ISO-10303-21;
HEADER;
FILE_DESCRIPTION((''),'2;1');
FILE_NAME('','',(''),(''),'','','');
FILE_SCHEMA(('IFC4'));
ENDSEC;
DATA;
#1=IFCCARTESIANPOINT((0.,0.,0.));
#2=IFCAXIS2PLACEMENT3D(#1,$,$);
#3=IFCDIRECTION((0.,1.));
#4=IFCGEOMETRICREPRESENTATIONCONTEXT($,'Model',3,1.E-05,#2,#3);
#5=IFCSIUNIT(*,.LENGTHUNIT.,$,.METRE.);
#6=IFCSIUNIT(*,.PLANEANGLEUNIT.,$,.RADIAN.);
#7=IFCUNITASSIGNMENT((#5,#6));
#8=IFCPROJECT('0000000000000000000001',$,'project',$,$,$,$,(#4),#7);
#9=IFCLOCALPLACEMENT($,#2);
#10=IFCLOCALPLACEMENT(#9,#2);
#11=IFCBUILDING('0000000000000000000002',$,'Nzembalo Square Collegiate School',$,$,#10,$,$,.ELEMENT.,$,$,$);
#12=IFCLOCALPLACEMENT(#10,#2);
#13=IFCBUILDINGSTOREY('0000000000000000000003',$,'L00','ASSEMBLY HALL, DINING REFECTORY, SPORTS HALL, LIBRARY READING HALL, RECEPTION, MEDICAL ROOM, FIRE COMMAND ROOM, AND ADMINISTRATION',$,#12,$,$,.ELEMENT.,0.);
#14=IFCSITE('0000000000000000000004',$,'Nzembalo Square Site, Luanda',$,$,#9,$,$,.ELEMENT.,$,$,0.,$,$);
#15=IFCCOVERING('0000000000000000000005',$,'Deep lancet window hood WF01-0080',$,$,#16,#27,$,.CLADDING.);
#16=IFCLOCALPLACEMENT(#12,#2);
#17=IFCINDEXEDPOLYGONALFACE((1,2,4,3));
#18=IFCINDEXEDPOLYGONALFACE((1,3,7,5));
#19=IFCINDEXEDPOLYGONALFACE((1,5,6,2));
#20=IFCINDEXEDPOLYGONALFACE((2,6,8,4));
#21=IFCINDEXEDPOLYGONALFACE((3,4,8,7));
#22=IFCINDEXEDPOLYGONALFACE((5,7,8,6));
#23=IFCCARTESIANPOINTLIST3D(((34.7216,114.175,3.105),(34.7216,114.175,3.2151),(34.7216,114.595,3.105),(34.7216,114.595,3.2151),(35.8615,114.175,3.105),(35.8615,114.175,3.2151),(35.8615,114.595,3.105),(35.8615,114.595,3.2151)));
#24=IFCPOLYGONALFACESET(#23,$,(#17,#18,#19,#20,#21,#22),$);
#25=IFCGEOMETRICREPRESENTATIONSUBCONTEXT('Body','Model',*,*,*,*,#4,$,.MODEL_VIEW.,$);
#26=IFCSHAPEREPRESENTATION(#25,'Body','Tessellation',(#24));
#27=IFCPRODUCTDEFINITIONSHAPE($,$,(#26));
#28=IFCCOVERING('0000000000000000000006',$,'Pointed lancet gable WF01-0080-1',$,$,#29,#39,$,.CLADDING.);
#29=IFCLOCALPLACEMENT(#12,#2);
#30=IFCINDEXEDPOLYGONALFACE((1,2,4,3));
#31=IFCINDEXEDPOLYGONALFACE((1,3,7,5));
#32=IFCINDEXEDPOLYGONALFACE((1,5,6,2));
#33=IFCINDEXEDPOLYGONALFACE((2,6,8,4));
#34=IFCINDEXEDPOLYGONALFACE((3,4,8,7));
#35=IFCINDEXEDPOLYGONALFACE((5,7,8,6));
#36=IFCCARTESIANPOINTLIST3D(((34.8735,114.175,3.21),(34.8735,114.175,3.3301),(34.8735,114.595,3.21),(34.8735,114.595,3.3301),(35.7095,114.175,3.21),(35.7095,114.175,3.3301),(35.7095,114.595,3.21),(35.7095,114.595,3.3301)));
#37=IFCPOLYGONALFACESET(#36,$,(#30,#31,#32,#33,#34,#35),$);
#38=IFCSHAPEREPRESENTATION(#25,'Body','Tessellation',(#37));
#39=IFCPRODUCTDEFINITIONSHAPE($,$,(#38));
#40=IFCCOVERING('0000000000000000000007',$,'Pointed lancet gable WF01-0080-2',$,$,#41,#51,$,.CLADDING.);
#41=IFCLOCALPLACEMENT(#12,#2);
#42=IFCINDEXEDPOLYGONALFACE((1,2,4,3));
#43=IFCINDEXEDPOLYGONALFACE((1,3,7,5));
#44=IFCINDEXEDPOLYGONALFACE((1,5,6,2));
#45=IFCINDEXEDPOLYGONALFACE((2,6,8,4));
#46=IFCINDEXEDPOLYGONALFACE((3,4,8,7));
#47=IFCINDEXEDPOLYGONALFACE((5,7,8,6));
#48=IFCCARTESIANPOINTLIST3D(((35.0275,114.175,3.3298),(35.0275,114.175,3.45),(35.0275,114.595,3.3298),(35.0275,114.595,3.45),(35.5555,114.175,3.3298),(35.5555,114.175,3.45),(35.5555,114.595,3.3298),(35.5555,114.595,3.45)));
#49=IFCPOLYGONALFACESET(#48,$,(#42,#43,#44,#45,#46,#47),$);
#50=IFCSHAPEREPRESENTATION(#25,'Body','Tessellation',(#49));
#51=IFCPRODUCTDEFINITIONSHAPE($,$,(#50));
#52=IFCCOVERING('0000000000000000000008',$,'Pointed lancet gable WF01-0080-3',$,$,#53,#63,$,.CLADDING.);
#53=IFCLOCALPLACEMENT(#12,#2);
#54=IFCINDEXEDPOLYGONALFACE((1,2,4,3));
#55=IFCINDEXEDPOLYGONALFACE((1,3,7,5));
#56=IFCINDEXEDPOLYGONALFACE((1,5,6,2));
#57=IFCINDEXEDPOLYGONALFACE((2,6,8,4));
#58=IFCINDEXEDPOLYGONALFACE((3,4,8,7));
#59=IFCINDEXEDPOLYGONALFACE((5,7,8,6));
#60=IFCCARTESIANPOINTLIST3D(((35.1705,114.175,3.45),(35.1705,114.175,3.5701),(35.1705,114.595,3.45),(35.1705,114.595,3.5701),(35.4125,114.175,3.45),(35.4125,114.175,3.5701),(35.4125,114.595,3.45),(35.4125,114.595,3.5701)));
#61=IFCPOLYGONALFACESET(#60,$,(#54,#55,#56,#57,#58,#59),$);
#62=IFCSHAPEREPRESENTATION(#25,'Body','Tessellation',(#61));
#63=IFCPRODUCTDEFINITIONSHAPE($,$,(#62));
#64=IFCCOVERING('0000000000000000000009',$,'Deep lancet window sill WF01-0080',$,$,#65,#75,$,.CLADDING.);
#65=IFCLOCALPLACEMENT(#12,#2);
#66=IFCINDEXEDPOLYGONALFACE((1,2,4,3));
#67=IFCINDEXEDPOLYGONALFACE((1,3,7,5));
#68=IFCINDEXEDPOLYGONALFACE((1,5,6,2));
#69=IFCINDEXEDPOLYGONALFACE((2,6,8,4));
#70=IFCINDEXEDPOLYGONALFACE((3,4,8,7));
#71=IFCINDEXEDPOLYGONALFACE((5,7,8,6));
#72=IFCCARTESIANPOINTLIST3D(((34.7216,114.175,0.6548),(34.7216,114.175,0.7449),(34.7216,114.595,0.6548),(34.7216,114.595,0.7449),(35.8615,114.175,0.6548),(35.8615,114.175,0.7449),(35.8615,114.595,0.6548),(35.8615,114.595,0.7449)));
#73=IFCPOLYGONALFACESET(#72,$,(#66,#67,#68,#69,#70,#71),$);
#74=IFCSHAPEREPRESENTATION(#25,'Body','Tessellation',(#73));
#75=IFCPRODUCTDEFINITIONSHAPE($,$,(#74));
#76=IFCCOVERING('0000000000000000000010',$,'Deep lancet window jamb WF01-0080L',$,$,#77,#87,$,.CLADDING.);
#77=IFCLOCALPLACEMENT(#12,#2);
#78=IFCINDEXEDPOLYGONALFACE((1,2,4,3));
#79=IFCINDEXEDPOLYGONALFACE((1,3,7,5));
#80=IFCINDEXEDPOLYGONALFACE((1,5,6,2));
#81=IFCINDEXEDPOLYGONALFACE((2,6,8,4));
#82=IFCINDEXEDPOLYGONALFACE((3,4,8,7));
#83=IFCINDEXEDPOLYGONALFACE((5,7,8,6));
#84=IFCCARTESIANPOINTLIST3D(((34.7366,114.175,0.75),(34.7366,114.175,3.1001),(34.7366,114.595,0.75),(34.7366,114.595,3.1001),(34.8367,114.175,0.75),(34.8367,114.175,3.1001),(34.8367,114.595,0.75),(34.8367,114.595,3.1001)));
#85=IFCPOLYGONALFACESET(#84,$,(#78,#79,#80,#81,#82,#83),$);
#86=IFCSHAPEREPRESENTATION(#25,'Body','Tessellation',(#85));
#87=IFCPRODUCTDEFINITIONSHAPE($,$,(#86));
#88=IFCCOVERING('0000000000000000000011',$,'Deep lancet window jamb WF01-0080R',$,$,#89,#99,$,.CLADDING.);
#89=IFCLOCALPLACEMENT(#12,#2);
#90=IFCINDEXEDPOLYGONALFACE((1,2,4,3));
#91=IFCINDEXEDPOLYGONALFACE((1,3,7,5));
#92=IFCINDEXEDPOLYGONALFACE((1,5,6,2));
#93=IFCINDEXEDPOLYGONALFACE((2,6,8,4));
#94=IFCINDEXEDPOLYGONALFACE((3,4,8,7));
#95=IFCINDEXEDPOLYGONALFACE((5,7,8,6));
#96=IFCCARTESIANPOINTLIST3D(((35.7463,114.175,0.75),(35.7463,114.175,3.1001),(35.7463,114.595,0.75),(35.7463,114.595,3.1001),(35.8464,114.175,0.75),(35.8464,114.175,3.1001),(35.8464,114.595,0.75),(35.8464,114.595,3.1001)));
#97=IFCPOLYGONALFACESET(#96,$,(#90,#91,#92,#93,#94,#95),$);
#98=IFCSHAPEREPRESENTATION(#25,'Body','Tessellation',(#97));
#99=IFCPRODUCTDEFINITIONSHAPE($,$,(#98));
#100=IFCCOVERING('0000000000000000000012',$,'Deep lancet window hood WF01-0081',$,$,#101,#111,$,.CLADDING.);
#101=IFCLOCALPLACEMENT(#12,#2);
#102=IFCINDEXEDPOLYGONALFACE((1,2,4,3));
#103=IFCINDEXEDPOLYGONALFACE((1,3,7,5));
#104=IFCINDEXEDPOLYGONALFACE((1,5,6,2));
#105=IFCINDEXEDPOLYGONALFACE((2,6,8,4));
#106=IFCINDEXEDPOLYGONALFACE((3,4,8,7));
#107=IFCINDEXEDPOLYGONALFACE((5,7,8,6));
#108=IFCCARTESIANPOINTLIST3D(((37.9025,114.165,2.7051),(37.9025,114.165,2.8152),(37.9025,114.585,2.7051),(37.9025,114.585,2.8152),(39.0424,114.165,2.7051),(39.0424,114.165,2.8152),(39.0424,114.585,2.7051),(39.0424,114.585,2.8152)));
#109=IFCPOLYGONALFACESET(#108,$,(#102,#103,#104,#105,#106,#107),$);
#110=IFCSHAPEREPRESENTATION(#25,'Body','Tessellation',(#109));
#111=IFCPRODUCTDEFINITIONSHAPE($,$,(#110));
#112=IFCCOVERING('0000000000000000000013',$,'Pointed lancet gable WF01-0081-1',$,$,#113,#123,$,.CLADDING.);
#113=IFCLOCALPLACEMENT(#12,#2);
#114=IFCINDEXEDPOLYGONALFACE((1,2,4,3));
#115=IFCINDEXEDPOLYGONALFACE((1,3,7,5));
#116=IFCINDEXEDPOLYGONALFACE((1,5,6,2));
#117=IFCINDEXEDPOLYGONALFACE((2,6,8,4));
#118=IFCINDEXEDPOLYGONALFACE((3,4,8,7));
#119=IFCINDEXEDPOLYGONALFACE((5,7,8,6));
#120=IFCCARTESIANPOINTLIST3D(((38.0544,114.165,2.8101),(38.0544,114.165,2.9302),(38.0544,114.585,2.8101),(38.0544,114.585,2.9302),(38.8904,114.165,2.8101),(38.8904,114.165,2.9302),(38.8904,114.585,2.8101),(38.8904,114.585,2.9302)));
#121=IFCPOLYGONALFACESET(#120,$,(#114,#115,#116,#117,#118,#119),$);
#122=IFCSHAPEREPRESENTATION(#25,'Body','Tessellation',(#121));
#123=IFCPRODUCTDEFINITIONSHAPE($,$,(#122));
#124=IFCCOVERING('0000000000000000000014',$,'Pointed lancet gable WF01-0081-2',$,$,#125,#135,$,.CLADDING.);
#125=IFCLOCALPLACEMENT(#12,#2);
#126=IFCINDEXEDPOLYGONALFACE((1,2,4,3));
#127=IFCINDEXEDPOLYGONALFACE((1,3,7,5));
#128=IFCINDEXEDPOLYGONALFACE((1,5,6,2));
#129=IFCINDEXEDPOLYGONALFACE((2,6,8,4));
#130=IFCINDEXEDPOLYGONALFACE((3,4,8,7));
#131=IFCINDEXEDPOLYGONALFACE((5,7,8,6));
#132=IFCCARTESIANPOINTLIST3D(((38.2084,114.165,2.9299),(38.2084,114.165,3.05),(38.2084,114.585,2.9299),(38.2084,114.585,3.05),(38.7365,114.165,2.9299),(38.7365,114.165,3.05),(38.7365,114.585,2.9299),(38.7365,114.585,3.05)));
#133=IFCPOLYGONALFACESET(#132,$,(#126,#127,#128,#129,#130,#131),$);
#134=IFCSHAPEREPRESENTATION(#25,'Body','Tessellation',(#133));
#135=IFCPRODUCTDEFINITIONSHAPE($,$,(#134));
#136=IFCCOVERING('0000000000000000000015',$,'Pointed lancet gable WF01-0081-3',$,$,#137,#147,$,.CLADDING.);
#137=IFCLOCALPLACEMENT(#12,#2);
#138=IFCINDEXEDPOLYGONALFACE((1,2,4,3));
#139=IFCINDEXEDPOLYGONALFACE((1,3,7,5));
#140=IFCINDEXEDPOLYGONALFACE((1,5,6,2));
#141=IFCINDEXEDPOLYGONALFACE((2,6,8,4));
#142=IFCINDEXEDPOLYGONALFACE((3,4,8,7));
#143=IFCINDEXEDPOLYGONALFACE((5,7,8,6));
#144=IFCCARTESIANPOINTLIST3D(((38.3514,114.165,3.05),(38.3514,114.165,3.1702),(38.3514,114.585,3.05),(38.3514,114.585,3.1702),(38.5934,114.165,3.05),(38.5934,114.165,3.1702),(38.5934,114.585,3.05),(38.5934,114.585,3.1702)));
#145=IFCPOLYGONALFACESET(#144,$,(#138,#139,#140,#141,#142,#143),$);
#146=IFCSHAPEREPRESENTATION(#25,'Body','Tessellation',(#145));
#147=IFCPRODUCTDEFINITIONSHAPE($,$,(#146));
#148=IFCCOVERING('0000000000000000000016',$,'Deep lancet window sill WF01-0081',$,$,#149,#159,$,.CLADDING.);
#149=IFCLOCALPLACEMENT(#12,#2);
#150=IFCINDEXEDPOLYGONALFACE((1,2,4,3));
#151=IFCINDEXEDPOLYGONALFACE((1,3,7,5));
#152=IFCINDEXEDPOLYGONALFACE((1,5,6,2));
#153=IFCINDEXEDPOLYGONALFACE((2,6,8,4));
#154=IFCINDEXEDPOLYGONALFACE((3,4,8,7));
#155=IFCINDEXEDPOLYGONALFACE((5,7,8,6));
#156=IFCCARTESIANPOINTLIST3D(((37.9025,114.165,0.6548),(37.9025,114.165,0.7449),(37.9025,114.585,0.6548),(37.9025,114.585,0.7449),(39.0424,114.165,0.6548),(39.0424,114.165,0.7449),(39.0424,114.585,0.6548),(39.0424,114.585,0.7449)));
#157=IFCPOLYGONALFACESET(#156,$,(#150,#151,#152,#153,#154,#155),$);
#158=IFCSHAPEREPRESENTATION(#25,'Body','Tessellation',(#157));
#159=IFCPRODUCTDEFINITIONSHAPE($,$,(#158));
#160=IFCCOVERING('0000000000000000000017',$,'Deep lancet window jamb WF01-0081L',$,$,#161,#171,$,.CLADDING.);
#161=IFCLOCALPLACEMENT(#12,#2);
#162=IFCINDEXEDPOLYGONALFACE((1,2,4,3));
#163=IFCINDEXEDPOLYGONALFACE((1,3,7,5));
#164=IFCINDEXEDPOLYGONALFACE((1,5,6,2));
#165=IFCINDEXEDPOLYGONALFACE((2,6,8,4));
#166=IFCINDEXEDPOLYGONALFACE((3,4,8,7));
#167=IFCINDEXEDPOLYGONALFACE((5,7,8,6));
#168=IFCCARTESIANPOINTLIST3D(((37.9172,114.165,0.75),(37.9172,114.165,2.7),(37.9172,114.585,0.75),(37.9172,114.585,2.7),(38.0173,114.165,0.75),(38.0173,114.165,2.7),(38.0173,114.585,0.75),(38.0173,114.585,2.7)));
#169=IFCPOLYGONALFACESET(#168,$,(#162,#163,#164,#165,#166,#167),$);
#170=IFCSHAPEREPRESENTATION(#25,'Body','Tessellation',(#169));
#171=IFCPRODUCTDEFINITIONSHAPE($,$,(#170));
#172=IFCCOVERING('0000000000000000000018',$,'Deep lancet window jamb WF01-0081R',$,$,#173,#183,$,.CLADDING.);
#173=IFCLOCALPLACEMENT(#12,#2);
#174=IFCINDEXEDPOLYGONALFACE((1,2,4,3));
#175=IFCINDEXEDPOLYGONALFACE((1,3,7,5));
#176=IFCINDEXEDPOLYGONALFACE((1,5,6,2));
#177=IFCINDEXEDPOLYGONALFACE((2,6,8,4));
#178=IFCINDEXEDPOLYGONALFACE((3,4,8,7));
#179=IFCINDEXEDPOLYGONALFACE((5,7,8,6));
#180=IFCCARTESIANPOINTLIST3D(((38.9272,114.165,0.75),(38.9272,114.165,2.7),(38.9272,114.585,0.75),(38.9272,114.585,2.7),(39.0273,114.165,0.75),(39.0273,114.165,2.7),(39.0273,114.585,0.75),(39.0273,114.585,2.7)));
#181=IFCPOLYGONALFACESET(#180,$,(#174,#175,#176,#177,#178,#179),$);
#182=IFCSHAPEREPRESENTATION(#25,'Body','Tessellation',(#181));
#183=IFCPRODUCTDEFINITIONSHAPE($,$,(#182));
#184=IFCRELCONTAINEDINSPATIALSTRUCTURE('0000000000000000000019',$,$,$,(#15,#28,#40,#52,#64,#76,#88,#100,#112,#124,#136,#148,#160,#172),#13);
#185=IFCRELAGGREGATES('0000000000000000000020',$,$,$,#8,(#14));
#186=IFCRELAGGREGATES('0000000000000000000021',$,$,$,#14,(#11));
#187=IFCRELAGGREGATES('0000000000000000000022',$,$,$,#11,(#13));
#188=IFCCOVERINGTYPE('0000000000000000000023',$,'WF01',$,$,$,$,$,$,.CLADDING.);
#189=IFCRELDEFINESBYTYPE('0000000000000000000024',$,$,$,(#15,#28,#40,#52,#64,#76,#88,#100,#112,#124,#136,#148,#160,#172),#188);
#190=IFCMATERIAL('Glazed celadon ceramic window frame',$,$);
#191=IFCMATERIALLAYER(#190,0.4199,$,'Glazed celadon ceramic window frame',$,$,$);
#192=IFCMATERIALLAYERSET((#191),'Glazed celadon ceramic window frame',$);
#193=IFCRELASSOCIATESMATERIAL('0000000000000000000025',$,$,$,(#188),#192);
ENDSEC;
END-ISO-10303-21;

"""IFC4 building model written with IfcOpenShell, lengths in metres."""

from ifc_helpers import new_model, si_unit, direction, frame, origin, origin_2d, place, context, subcontext, project, spatial, rectangle, extrude, material, layer, layer_set, type_object, element, save


model = new_model("IFC4")

# Units and contexts
model_context = context("Model", 3, precision=1e-05, world=origin(), true_north=direction((0.0, 1.0)))
body_context = subcontext(model_context, "Body", "Model", "MODEL_VIEW")
ifc_project = project(units=[si_unit("LENGTHUNIT", "METRE"), si_unit("PLANEANGLEUNIT", "RADIAN")], contexts=[model_context])

# Site, building, storey
site_placement = place(None, origin())
site = spatial("IfcSite", under=ifc_project, at=site_placement, Name="Nzembalo Square Site, Luanda", CompositionType="ELEMENT", RefElevation=0.0)
building_placement = place(site_placement, origin())
building = spatial("IfcBuilding", under=site, at=building_placement, Name="Nzembalo Square Collegiate School", CompositionType="ELEMENT")
storey_placement = place(building_placement, origin())
storey = spatial("IfcBuildingStorey", under=building, at=storey_placement, Name="L00", Description="ASSEMBLY HALL, DINING REFECTORY, SPORTS HALL, LIBRARY READING HALL, RECEPTION, MEDICAL ROOM, FIRE COMMAND ROOM, AND ADMINISTRATION", CompositionType="ELEMENT", Elevation=0.0)

# Coverings
ifc_material_1 = material(Name="Glazed celadon ceramic window frame")
ifc_layer_1 = layer(ifc_material_1, 0.4199, Name="Glazed celadon ceramic window frame")
ifc_layer_set_1 = layer_set([ifc_layer_1], Name="Glazed celadon ceramic window frame")
covering_type = type_object("IfcCoveringType", Name="WF01", PredefinedType="CLADDING", material=ifc_layer_set_1)
covering_1_placement = place(storey_placement, frame((35.2915, 114.385, 3.105), z_axis=(0.0, 0.0, 1.0), x_axis=(1.0, 0.0, 0.0)))
element("IfcCovering", 1, at=covering_1_placement, inside=storey, type_object=covering_type, Name="Deep lancet window hood WF01-0080", PredefinedType="CLADDING", context=body_context, shape_type="SweptSolid", body=[
    extrude(rectangle(XDim=1.1399, YDim=0.4199, at=origin_2d()), origin(), (0.0, 0.0, 1.0), 0.1101),
])
covering_2_placement = place(storey_placement, frame((35.2915, 114.385, 3.21), z_axis=(0.0, 0.0, 1.0), x_axis=(1.0, 0.0, 0.0)))
element("IfcCovering", 2, at=covering_2_placement, inside=storey, type_object=covering_type, Name="Pointed lancet gable WF01-0080-1", PredefinedType="CLADDING", context=body_context, shape_type="SweptSolid", body=[
    extrude(rectangle(XDim=0.8359, YDim=0.4199, at=origin_2d()), origin(), (0.0, 0.0, 1.0), 0.1201),
])
covering_3_placement = place(storey_placement, frame((35.2915, 114.385, 3.3298), z_axis=(0.0, 0.0, 1.0), x_axis=(1.0, 0.0, 0.0)))
element("IfcCovering", 3, at=covering_3_placement, inside=storey, type_object=covering_type, Name="Pointed lancet gable WF01-0080-2", PredefinedType="CLADDING", context=body_context, shape_type="SweptSolid", body=[
    extrude(rectangle(XDim=0.5281, YDim=0.4199, at=origin_2d()), origin(), (0.0, 0.0, 1.0), 0.1201),
])
covering_4_placement = place(storey_placement, frame((35.2915, 114.385, 3.45), z_axis=(0.0, 0.0, 1.0), x_axis=(1.0, 0.0, 0.0)))
element("IfcCovering", 4, at=covering_4_placement, inside=storey, type_object=covering_type, Name="Pointed lancet gable WF01-0080-3", PredefinedType="CLADDING", context=body_context, shape_type="SweptSolid", body=[
    extrude(rectangle(XDim=0.2419, YDim=0.4199, at=origin_2d()), origin(), (0.0, 0.0, 1.0), 0.1201),
])
covering_5_placement = place(storey_placement, frame((35.2915, 114.385, 0.6548), z_axis=(0.0, 0.0, 1.0), x_axis=(1.0, 0.0, 0.0)))
element("IfcCovering", 5, at=covering_5_placement, inside=storey, type_object=covering_type, Name="Deep lancet window sill WF01-0080", PredefinedType="CLADDING", context=body_context, shape_type="SweptSolid", body=[
    extrude(rectangle(XDim=1.1399, YDim=0.4199, at=origin_2d()), origin(), (0.0, 0.0, 1.0), 0.0901),
])
for number, where, z_axis, x_axis, name in (
    (6, (34.7866, 114.385, 0.75), (0.0, 0.0, 1.0), (1.0, 0.0, 0.0), "Deep lancet window jamb WF01-0080L"),
    (7, (35.7964, 114.385, 0.75), (0.0, 0.0, 1.0), (1.0, 0.0, 0.0), "Deep lancet window jamb WF01-0080R"),
):
    element("IfcCovering", number, at=place(storey_placement, frame(where, z_axis=z_axis, x_axis=x_axis)), inside=storey, type_object=covering_type, Name=name, PredefinedType="CLADDING", context=body_context, shape_type="SweptSolid", body=[
        extrude(rectangle(XDim=0.1001, YDim=0.4199, at=origin_2d()), origin(), (0.0, 0.0, 1.0), 2.3501),
    ])
covering_6_placement = place(storey_placement, frame((38.4724, 114.375, 2.7051), z_axis=(0.0, 0.0, 1.0), x_axis=(1.0, 0.0, 0.0)))
element("IfcCovering", 8, at=covering_6_placement, inside=storey, type_object=covering_type, Name="Deep lancet window hood WF01-0081", PredefinedType="CLADDING", context=body_context, shape_type="SweptSolid", body=[
    extrude(rectangle(XDim=1.1399, YDim=0.4199, at=origin_2d()), origin(), (0.0, 0.0, 1.0), 0.1101),
])
covering_7_placement = place(storey_placement, frame((38.4724, 114.375, 2.8101), z_axis=(0.0, 0.0, 1.0), x_axis=(1.0, 0.0, 0.0)))
element("IfcCovering", 9, at=covering_7_placement, inside=storey, type_object=covering_type, Name="Pointed lancet gable WF01-0081-1", PredefinedType="CLADDING", context=body_context, shape_type="SweptSolid", body=[
    extrude(rectangle(XDim=0.8359, YDim=0.4199, at=origin_2d()), origin(), (0.0, 0.0, 1.0), 0.1201),
])
covering_8_placement = place(storey_placement, frame((38.4724, 114.375, 2.9299), z_axis=(0.0, 0.0, 1.0), x_axis=(1.0, 0.0, 0.0)))
element("IfcCovering", 10, at=covering_8_placement, inside=storey, type_object=covering_type, Name="Pointed lancet gable WF01-0081-2", PredefinedType="CLADDING", context=body_context, shape_type="SweptSolid", body=[
    extrude(rectangle(XDim=0.5281, YDim=0.4199, at=origin_2d()), origin(), (0.0, 0.0, 1.0), 0.1201),
])
covering_9_placement = place(storey_placement, frame((38.4724, 114.375, 3.05), z_axis=(0.0, 0.0, 1.0), x_axis=(1.0, 0.0, 0.0)))
element("IfcCovering", 11, at=covering_9_placement, inside=storey, type_object=covering_type, Name="Pointed lancet gable WF01-0081-3", PredefinedType="CLADDING", context=body_context, shape_type="SweptSolid", body=[
    extrude(rectangle(XDim=0.2419, YDim=0.4199, at=origin_2d()), origin(), (0.0, 0.0, 1.0), 0.1201),
])
covering_10_placement = place(storey_placement, frame((38.4724, 114.375, 0.6548), z_axis=(0.0, 0.0, 1.0), x_axis=(1.0, 0.0, 0.0)))
element("IfcCovering", 12, at=covering_10_placement, inside=storey, type_object=covering_type, Name="Deep lancet window sill WF01-0081", PredefinedType="CLADDING", context=body_context, shape_type="SweptSolid", body=[
    extrude(rectangle(XDim=1.1399, YDim=0.4199, at=origin_2d()), origin(), (0.0, 0.0, 1.0), 0.0901),
])
for number, where, z_axis, x_axis, name in (
    (13, (37.9673, 114.375, 0.75), (0.0, 0.0, 1.0), (1.0, 0.0, 0.0), "Deep lancet window jamb WF01-0081L"),
    (14, (38.9773, 114.375, 0.75), (0.0, 0.0, 1.0), (1.0, 0.0, 0.0), "Deep lancet window jamb WF01-0081R"),
):
    element("IfcCovering", number, at=place(storey_placement, frame(where, z_axis=z_axis, x_axis=x_axis)), inside=storey, type_object=covering_type, Name=name, PredefinedType="CLADDING", context=body_context, shape_type="SweptSolid", body=[
        extrude(rectangle(XDim=0.1001, YDim=0.4199, at=origin_2d()), origin(), (0.0, 0.0, 1.0), 1.95),
    ])

save(model, "model.ifc")
